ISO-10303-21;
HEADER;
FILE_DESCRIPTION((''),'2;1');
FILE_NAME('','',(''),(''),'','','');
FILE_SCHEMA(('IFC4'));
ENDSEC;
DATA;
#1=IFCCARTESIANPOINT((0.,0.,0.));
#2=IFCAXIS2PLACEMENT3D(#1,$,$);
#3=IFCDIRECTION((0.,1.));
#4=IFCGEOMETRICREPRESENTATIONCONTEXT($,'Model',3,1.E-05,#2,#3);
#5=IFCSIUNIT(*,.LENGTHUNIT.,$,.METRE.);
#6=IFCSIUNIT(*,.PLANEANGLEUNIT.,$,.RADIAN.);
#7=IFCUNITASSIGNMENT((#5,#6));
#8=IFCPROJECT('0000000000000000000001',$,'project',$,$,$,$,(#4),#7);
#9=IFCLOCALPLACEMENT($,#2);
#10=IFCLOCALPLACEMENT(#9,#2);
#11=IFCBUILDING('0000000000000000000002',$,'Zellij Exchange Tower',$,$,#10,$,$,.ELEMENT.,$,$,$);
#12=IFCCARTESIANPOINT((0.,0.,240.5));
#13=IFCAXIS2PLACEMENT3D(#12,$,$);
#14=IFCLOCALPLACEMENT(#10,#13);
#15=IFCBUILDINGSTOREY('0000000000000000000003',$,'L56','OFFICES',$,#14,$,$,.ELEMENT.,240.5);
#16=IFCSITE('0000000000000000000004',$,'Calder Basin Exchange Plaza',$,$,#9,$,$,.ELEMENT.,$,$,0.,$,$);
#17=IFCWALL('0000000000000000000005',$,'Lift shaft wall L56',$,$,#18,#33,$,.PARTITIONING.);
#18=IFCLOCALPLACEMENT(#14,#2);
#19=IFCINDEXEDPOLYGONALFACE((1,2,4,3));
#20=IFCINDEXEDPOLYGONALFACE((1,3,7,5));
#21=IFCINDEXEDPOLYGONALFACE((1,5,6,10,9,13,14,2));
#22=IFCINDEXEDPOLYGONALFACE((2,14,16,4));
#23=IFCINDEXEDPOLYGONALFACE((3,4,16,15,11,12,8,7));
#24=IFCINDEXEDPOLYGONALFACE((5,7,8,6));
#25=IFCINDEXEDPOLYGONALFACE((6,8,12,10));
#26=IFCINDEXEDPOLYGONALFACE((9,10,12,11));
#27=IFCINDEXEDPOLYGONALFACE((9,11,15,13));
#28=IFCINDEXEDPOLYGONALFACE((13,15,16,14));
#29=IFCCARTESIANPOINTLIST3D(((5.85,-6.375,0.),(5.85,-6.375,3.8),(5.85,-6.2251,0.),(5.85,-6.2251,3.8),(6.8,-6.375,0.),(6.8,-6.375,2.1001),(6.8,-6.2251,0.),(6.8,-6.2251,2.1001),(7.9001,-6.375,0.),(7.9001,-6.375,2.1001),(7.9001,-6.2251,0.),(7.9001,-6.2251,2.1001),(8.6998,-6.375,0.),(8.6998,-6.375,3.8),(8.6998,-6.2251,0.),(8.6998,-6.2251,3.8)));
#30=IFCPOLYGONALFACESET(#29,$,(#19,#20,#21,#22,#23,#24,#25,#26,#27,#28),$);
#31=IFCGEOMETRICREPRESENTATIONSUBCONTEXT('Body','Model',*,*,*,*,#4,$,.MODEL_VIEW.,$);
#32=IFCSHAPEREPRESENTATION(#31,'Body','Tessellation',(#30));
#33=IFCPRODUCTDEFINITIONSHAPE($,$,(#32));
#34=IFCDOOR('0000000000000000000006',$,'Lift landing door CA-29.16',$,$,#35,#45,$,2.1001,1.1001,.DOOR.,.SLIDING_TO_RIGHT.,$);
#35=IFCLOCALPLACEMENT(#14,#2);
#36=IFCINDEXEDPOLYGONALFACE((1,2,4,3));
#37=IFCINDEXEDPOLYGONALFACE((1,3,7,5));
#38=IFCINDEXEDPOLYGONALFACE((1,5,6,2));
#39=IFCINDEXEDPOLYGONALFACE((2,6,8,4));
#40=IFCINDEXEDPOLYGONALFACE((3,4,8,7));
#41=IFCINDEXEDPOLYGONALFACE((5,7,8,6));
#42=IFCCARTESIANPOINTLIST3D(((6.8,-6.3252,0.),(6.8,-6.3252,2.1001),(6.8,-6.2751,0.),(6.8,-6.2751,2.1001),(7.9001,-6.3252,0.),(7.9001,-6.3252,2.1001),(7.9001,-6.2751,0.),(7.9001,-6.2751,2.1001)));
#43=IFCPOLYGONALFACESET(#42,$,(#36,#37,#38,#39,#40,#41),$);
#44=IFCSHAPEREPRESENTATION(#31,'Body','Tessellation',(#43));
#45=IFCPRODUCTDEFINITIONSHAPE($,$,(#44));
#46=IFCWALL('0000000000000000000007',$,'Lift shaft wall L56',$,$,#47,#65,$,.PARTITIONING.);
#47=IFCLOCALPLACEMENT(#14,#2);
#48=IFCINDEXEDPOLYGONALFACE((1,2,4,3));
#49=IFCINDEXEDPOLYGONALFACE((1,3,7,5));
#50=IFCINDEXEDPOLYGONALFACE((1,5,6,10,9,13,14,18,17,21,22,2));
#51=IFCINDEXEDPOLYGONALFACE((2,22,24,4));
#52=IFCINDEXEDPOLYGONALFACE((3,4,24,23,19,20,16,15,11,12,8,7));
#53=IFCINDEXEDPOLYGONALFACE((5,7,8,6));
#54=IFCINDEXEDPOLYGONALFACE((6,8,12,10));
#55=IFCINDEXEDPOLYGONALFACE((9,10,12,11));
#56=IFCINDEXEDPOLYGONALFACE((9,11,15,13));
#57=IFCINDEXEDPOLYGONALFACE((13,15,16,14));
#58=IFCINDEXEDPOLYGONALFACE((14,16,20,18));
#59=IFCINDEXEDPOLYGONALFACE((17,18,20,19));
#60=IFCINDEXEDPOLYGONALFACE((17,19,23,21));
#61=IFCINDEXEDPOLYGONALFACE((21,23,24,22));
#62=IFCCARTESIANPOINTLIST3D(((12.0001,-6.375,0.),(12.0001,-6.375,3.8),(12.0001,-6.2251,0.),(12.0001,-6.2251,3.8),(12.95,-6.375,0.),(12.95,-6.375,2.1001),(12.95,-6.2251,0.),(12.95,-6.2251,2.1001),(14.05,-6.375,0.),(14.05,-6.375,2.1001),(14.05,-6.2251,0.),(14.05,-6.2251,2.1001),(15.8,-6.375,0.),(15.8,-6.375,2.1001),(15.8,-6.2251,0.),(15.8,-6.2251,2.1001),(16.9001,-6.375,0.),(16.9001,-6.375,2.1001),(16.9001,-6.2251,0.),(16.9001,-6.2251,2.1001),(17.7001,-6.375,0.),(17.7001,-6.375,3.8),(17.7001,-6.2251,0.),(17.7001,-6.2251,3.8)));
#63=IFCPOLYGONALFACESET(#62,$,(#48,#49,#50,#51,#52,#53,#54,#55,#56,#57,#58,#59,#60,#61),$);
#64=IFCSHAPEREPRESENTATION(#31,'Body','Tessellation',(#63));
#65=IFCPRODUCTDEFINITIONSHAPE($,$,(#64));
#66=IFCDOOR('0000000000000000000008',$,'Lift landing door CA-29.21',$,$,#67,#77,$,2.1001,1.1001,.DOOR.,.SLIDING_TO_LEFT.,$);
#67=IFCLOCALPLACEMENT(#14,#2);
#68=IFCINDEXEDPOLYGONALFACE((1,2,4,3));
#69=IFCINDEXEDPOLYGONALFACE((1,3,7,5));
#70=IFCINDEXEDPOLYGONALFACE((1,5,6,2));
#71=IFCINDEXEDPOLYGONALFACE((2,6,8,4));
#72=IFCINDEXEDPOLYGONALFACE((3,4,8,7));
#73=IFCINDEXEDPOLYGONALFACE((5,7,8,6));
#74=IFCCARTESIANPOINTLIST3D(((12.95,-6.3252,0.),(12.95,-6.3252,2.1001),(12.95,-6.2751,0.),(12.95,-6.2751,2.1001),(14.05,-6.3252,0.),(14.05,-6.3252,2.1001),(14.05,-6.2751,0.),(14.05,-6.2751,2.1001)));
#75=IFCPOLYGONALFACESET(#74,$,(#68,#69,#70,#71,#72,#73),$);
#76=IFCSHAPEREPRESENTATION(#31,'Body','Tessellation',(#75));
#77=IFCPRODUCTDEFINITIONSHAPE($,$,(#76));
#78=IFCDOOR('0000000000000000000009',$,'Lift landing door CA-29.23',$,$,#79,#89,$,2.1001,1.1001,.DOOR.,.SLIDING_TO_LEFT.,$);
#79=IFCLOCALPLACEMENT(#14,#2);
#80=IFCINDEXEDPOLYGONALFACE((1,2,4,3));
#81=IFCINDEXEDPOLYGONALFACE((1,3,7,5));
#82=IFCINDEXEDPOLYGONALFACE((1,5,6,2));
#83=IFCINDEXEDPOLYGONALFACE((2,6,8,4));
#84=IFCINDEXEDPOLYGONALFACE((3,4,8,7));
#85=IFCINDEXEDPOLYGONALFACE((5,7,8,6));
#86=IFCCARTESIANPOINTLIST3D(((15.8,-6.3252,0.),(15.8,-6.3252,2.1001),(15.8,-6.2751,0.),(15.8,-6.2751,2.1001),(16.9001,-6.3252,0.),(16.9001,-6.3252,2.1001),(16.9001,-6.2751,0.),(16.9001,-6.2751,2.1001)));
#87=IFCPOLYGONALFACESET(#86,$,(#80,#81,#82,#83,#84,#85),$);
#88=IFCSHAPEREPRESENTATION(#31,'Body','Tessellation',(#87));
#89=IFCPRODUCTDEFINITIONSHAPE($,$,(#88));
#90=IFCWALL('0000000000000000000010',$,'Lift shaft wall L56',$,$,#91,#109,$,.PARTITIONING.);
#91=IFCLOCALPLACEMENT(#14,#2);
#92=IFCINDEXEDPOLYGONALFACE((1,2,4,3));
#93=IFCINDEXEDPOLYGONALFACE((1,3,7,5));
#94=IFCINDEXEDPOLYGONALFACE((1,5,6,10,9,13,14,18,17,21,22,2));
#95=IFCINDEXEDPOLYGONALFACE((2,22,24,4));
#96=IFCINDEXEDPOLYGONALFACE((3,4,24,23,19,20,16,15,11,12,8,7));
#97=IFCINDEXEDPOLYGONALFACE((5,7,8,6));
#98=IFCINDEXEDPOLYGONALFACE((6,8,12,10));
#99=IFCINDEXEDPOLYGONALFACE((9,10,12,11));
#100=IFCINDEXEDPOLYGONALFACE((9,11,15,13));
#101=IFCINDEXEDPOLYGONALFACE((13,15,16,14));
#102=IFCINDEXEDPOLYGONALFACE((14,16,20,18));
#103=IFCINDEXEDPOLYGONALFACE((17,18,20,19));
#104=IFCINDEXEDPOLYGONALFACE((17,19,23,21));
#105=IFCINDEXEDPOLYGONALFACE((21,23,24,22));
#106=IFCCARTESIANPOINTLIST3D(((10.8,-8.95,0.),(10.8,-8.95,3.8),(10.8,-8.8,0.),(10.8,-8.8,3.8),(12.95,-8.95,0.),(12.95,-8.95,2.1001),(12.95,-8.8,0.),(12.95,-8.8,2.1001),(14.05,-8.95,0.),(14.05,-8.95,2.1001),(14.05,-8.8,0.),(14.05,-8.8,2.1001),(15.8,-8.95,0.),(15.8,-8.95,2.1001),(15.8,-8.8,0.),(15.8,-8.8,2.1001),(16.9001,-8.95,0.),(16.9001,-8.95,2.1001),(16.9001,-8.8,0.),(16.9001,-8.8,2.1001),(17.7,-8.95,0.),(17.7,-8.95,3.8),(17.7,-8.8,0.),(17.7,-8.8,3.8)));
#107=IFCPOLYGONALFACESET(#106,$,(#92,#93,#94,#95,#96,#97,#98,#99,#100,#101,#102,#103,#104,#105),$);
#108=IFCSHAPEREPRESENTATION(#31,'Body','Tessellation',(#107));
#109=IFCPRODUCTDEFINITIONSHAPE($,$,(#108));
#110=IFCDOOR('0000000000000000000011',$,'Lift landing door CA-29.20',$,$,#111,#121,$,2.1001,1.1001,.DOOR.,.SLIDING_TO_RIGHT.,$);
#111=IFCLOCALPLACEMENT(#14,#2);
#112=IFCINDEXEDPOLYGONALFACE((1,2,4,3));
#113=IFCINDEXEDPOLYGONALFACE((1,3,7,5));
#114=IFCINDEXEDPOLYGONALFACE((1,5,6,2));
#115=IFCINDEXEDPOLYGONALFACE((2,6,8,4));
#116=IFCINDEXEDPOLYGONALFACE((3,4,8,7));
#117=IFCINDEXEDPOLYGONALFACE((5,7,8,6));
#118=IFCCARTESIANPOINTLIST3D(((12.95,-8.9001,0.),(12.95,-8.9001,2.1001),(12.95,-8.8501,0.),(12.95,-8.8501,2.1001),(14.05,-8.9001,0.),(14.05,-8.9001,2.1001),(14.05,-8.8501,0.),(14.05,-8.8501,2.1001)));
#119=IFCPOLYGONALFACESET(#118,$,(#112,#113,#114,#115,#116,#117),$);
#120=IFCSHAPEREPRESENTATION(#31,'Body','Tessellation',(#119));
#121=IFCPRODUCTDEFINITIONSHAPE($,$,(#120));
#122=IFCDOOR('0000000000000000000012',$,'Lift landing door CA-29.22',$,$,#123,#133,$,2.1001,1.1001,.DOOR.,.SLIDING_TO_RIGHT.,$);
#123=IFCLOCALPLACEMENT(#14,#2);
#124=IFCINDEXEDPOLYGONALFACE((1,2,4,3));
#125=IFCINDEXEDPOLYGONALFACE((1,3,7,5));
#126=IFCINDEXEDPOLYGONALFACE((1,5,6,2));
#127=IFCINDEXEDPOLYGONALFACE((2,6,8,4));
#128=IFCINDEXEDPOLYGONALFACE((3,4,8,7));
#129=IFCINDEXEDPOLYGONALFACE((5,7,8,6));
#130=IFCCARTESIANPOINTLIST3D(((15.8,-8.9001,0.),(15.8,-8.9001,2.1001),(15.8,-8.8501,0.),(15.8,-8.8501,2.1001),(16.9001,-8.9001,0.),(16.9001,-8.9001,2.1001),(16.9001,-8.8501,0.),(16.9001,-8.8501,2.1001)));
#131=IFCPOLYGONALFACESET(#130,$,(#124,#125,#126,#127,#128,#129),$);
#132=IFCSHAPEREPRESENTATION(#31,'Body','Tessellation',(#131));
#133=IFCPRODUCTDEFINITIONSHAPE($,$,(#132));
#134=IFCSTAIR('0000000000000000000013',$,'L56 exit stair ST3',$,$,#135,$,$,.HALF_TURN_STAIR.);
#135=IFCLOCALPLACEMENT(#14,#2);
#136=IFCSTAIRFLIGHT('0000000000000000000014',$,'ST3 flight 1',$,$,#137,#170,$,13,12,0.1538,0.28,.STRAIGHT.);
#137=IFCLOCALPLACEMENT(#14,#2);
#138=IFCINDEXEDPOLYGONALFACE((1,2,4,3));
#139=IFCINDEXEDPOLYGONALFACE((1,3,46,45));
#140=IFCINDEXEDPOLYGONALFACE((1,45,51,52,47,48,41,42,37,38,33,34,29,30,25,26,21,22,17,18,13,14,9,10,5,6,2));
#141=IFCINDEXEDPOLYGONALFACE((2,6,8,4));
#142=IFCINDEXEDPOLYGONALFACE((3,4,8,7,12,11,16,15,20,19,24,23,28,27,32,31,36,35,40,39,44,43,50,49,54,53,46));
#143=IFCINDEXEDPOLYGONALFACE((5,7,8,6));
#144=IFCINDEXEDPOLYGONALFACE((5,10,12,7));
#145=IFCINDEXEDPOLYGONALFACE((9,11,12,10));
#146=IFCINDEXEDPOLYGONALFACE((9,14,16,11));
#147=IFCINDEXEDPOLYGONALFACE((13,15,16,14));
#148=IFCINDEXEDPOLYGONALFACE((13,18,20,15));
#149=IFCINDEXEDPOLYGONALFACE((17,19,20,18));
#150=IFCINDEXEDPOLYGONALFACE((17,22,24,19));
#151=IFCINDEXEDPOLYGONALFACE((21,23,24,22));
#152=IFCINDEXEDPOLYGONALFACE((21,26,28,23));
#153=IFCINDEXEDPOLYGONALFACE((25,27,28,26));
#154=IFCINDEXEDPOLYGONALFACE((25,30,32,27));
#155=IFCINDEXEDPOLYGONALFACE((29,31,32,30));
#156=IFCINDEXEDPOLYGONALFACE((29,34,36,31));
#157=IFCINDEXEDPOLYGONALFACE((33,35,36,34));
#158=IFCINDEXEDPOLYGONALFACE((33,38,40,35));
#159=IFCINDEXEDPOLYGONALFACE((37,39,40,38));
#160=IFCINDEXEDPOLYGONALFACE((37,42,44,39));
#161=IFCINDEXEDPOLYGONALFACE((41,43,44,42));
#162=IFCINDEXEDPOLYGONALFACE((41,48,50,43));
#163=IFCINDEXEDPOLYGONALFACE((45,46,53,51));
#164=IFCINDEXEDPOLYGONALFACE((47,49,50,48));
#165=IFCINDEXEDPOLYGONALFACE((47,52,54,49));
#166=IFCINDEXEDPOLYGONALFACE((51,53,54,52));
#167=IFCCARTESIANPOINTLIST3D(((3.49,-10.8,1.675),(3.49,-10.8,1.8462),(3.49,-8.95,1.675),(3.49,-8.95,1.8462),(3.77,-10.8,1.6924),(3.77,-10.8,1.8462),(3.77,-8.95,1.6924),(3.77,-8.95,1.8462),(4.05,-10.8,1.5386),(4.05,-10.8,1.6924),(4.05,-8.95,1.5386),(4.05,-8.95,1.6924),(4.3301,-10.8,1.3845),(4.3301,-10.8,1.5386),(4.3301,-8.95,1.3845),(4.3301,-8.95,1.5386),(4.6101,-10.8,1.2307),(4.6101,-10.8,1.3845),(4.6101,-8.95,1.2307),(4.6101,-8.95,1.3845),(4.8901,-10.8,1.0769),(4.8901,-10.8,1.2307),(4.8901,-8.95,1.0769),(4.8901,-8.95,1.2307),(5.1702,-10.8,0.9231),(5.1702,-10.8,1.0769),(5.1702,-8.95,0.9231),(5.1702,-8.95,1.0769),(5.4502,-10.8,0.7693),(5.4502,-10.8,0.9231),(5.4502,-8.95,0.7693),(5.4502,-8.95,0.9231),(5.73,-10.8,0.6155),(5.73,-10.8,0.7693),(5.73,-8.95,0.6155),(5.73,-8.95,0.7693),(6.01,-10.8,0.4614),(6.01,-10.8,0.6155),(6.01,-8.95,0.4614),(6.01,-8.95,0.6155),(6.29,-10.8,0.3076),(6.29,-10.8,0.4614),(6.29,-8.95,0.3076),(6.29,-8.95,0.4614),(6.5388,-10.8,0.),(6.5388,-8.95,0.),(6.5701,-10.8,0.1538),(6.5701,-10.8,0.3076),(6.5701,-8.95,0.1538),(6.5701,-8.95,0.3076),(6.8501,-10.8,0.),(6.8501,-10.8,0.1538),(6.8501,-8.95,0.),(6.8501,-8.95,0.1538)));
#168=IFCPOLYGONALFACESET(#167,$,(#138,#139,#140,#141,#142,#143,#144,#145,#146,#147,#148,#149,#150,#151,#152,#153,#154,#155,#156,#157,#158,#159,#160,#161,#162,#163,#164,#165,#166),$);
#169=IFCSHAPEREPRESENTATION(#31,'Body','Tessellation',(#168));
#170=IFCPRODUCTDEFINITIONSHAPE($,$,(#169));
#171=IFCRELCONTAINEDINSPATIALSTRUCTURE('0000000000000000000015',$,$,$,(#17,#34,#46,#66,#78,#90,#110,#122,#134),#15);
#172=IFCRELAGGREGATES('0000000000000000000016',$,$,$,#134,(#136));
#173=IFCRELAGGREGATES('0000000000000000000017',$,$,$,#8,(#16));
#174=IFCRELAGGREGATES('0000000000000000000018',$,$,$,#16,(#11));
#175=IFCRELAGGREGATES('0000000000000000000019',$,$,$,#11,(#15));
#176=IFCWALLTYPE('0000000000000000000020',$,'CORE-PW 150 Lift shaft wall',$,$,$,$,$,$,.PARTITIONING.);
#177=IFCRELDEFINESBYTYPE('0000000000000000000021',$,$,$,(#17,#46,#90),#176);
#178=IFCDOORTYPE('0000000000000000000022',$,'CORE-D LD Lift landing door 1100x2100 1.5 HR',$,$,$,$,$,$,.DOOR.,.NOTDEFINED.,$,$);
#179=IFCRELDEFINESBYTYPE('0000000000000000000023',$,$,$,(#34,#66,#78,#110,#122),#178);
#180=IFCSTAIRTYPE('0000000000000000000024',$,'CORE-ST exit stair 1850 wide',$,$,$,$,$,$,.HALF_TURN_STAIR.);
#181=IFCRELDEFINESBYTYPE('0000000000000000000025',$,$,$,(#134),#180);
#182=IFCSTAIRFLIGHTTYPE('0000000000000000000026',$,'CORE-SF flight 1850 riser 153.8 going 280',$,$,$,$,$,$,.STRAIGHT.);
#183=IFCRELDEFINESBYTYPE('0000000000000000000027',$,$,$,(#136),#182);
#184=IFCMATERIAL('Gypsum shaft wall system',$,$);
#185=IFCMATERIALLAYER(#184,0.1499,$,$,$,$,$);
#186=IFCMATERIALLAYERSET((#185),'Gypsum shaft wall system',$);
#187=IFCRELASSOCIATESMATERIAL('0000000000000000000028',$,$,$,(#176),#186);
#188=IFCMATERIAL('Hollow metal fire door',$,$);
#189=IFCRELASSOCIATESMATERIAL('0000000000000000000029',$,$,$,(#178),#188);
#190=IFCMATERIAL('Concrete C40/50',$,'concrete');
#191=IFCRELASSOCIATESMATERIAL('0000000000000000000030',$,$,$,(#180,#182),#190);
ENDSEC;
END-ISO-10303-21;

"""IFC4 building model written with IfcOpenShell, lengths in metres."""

from ifc_helpers import new_model, si_unit, direction, frame, frame_2d, origin, place, context, subcontext, project, spatial, polyline, rectangle, outline, extrude, material, layer, layer_set, type_object, element, fill, aggregate, save


model = new_model("IFC4")

# Units and contexts
model_context = context("Model", 3, precision=1e-05, world=origin(), true_north=direction((0.0, 1.0)))
body_context = subcontext(model_context, "Body", "Model", "MODEL_VIEW")
ifc_project = project(units=[si_unit("LENGTHUNIT", "METRE"), si_unit("PLANEANGLEUNIT", "RADIAN")], contexts=[model_context])

# Site, building, storey
site_placement = place(None, origin())
site = spatial("IfcSite", under=ifc_project, at=site_placement, Name="Calder Basin Exchange Plaza", CompositionType="ELEMENT", RefElevation=0.0)
building_placement = place(site_placement, origin())
building = spatial("IfcBuilding", under=site, at=building_placement, Name="Zellij Exchange Tower", CompositionType="ELEMENT")
storey_placement = place(building_placement, frame((0.0, 0.0, 240.5)))
storey = spatial("IfcBuildingStorey", under=building, at=storey_placement, Name="L56", Description="OFFICES", CompositionType="ELEMENT", Elevation=240.5)

# Shared definitions
ifc_material_1 = material(Name="Gypsum shaft wall system")
ifc_material_2 = material(Name="Hollow metal fire door")

# Shared definitions
ifc_layer_1 = layer(ifc_material_1, 0.1499)
ifc_layer_set_1 = layer_set([ifc_layer_1], Name="Gypsum shaft wall system")
wall_type_1 = type_object("IfcWallType", Name="CORE-PW 150 Lift shaft wall", PredefinedType="PARTITIONING", material=ifc_layer_set_1)

# Wall, opening, door
wall_1_placement = place(storey_placement, frame((5.8501, -6.3, 0.0), z_axis=(0.0, 0.0, 1.0), x_axis=(1.0, 0.0, 0.0)))
wall_1 = element("IfcWall", 1, at=wall_1_placement, inside=storey, type_object=wall_type_1, Name="Lift shaft wall L56", PredefinedType="PARTITIONING", context=body_context, shape_type="SweptSolid", body=[
    extrude(rectangle(XDim=2.8499, YDim=0.1499, at=frame_2d((1.4248, 0.0))), origin(), (0.0, 0.0, 1.0), 3.8),
])
opening_1_placement = place(wall_1_placement, frame((0.95, 0.0, 0.0)))
opening_1 = element("IfcOpeningElement", 2, at=opening_1_placement, cuts=wall_1, PredefinedType="OPENING", context=body_context, shape_type="SweptSolid", body=[
    extrude(rectangle(XDim=1.1001, YDim=2.1001, at=frame_2d((0.55, 1.05))), frame((0.0, 0.0869, 0.0), z_axis=(0.0, -1.0, 0.0), x_axis=(1.0, 0.0, 0.0)), (0.0, 0.0, 1.0), 0.1738),
])
door_type_1 = type_object("IfcDoorType", Name="CORE-D LD Lift landing door 1100x2100 1.5 HR", OperationType="NOTDEFINED", PredefinedType="DOOR", material=ifc_material_2)
door_1_placement = place(opening_1_placement, origin())
door_1 = element("IfcDoor", 3, at=door_1_placement, inside=storey, type_object=door_type_1, Name="Lift landing door CA-29.16", OperationType="SLIDING_TO_RIGHT", OverallHeight=2.1001, OverallWidth=1.1001, PredefinedType="DOOR", context=body_context, shape_type="SweptSolid", body=[
    extrude(rectangle(XDim=1.1001, YDim=2.1001, at=frame_2d((0.55, 1.05))), frame((0.0, 0.0249, 0.0), z_axis=(0.0, -1.0, 0.0), x_axis=(1.0, 0.0, 0.0)), (0.0, 0.0, 1.0), 0.05),
])
fill(opening_1, door_1)

# Walls, openings, doors
wall_2_placement = place(storey_placement, frame((12.0, -6.3, 0.0), z_axis=(0.0, 0.0, 1.0), x_axis=(1.0, 0.0, 0.0)))
wall_2 = element("IfcWall", 4, at=wall_2_placement, inside=storey, type_object=wall_type_1, Name="Lift shaft wall L56", PredefinedType="PARTITIONING", context=body_context, shape_type="SweptSolid", body=[
    extrude(rectangle(XDim=5.7, YDim=0.1499, at=frame_2d((2.8501, 0.0))), origin(), (0.0, 0.0, 1.0), 3.8),
])
opening_2_placement = place(wall_2_placement, frame((0.95, 0.0, 0.0)))
opening_2 = element("IfcOpeningElement", 5, at=opening_2_placement, cuts=wall_2, PredefinedType="OPENING", context=body_context, shape_type="SweptSolid", body=[
    extrude(rectangle(XDim=1.1001, YDim=2.1001, at=frame_2d((0.55, 1.05))), frame((0.0, 0.0869, 0.0), z_axis=(0.0, -1.0, 0.0), x_axis=(1.0, 0.0, 0.0)), (0.0, 0.0, 1.0), 0.1738),
])
opening_3_placement = place(wall_2_placement, frame((3.8, 0.0, 0.0)))
opening_3 = element("IfcOpeningElement", 6, at=opening_3_placement, cuts=wall_2, PredefinedType="OPENING", context=body_context, shape_type="SweptSolid", body=[
    extrude(rectangle(XDim=1.1001, YDim=2.1001, at=frame_2d((0.55, 1.05))), frame((0.0, 0.0869, 0.0), z_axis=(0.0, -1.0, 0.0), x_axis=(1.0, 0.0, 0.0)), (0.0, 0.0, 1.0), 0.1738),
])
door_2_placement = place(opening_2_placement, origin())
door_2 = element("IfcDoor", 7, at=door_2_placement, inside=storey, type_object=door_type_1, Name="Lift landing door CA-29.21", OperationType="SLIDING_TO_LEFT", OverallHeight=2.1001, OverallWidth=1.1001, PredefinedType="DOOR", context=body_context, shape_type="SweptSolid", body=[
    extrude(rectangle(XDim=1.1001, YDim=2.1001, at=frame_2d((0.55, 1.05))), frame((0.0, 0.0249, 0.0), z_axis=(0.0, -1.0, 0.0), x_axis=(1.0, 0.0, 0.0)), (0.0, 0.0, 1.0), 0.05),
])
fill(opening_2, door_2)
door_3_placement = place(opening_3_placement, origin())
door_3 = element("IfcDoor", 8, at=door_3_placement, inside=storey, type_object=door_type_1, Name="Lift landing door CA-29.23", OperationType="SLIDING_TO_LEFT", OverallHeight=2.1001, OverallWidth=1.1001, PredefinedType="DOOR", context=body_context, shape_type="SweptSolid", body=[
    extrude(rectangle(XDim=1.1001, YDim=2.1001, at=frame_2d((0.55, 1.05))), frame((0.0, 0.0249, 0.0), z_axis=(0.0, -1.0, 0.0), x_axis=(1.0, 0.0, 0.0)), (0.0, 0.0, 1.0), 0.05),
])
fill(opening_3, door_3)
wall_3_placement = place(storey_placement, frame((10.8, -8.875, 0.0), z_axis=(0.0, 0.0, 1.0), x_axis=(1.0, 0.0, 0.0)))
wall_3 = element("IfcWall", 9, at=wall_3_placement, inside=storey, type_object=wall_type_1, Name="Lift shaft wall L56", PredefinedType="PARTITIONING", context=body_context, shape_type="SweptSolid", body=[
    extrude(rectangle(XDim=6.8999, YDim=0.1499, at=frame_2d((3.45, 0.0))), origin(), (0.0, 0.0, 1.0), 3.8),
])
opening_4_placement = place(wall_3_placement, frame((2.1499, 0.0, 0.0)))
opening_4 = element("IfcOpeningElement", 10, at=opening_4_placement, cuts=wall_3, PredefinedType="OPENING", context=body_context, shape_type="SweptSolid", body=[
    extrude(rectangle(XDim=1.1001, YDim=2.1001, at=frame_2d((0.55, 1.05))), frame((0.0, 0.0869, 0.0), z_axis=(0.0, -1.0, 0.0), x_axis=(1.0, 0.0, 0.0)), (0.0, 0.0, 1.0), 0.1738),
])
opening_5_placement = place(wall_3_placement, frame((5.0, 0.0, 0.0)))
opening_5 = element("IfcOpeningElement", 11, at=opening_5_placement, cuts=wall_3, PredefinedType="OPENING", context=body_context, shape_type="SweptSolid", body=[
    extrude(rectangle(XDim=1.1001, YDim=2.1001, at=frame_2d((0.55, 1.05))), frame((0.0, 0.0869, 0.0), z_axis=(0.0, -1.0, 0.0), x_axis=(1.0, 0.0, 0.0)), (0.0, 0.0, 1.0), 0.1738),
])
door_4_placement = place(opening_4_placement, origin())
door_4 = element("IfcDoor", 12, at=door_4_placement, inside=storey, type_object=door_type_1, Name="Lift landing door CA-29.20", OperationType="SLIDING_TO_RIGHT", OverallHeight=2.1001, OverallWidth=1.1001, PredefinedType="DOOR", context=body_context, shape_type="SweptSolid", body=[
    extrude(rectangle(XDim=1.1001, YDim=2.1001, at=frame_2d((0.55, 1.05))), frame((0.0, 0.0249, 0.0), z_axis=(0.0, -1.0, 0.0), x_axis=(1.0, 0.0, 0.0)), (0.0, 0.0, 1.0), 0.05),
])
fill(opening_4, door_4)
door_5_placement = place(opening_5_placement, origin())
door_5 = element("IfcDoor", 13, at=door_5_placement, inside=storey, type_object=door_type_1, Name="Lift landing door CA-29.22", OperationType="SLIDING_TO_RIGHT", OverallHeight=2.1001, OverallWidth=1.1001, PredefinedType="DOOR", context=body_context, shape_type="SweptSolid", body=[
    extrude(rectangle(XDim=1.1001, YDim=2.1001, at=frame_2d((0.55, 1.05))), frame((0.0, 0.0249, 0.0), z_axis=(0.0, -1.0, 0.0), x_axis=(1.0, 0.0, 0.0)), (0.0, 0.0, 1.0), 0.05),
])
fill(opening_5, door_5)

# Stair, stair flight
ifc_material_3 = material(Name="Concrete C40/50", Category="concrete")
stair_type = type_object("IfcStairType", Name="CORE-ST exit stair 1850 wide", PredefinedType="HALF_TURN_STAIR", material=ifc_material_3)
stair_placement = place(storey_placement, origin())
stair = element("IfcStair", 14, at=stair_placement, inside=storey, type_object=stair_type, Name="L56 exit stair ST3", PredefinedType="HALF_TURN_STAIR")
stair_flight_type = type_object("IfcStairFlightType", Name="CORE-SF flight 1850 riser 153.8 going 280", PredefinedType="STRAIGHT", material=ifc_material_3)
stair_flight_1_placement = place(storey_placement, frame((6.8501, -9.875, 0.0), z_axis=(0.0, 0.0, 1.0), x_axis=(-1.0, 0.0, 0.0)))
stair_flight_1 = element("IfcStairFlight", 15, at=stair_flight_1_placement, type_object=stair_flight_type, Name="ST3 flight 1", NumberOfRisers=13, NumberOfTreads=12, PredefinedType="STRAIGHT", RiserHeight=0.1538, TreadLength=0.28, context=body_context, shape_type="SweptSolid", body=[
    extrude(outline(polyline([(0.0, 0.0), (0.0, 0.1538), (0.28, 0.1538), (0.28, 0.3076), (0.5601, 0.3076), (0.5601, 0.4614), (0.8401, 0.4614), (0.8401, 0.6155), (1.1201, 0.6155), (1.1201, 0.7693), (1.3999, 0.7693), (1.3999, 0.9231), (1.6799, 0.9231), (1.6799, 1.0769), (1.96, 1.0769), (1.96, 1.2307), (2.24, 1.2307), (2.24, 1.3845), (2.52, 1.3845), (2.52, 1.5386), (2.8, 1.5386), (2.8, 1.6924), (3.0801, 1.6924), (3.0801, 1.8462), (3.3601, 1.8462), (3.3601, 2.0), (3.3601, 1.675), (0.3113, 0.0), (0.0, 0.0)])), frame((0.0, 0.925, 0.0), z_axis=(0.0, -1.0, 0.0), x_axis=(1.0, 0.0, 0.0)), (0.0, 0.0, 1.0), 1.8501),
])
aggregate(stair, [stair_flight_1])

save(model, "model.ifc")
